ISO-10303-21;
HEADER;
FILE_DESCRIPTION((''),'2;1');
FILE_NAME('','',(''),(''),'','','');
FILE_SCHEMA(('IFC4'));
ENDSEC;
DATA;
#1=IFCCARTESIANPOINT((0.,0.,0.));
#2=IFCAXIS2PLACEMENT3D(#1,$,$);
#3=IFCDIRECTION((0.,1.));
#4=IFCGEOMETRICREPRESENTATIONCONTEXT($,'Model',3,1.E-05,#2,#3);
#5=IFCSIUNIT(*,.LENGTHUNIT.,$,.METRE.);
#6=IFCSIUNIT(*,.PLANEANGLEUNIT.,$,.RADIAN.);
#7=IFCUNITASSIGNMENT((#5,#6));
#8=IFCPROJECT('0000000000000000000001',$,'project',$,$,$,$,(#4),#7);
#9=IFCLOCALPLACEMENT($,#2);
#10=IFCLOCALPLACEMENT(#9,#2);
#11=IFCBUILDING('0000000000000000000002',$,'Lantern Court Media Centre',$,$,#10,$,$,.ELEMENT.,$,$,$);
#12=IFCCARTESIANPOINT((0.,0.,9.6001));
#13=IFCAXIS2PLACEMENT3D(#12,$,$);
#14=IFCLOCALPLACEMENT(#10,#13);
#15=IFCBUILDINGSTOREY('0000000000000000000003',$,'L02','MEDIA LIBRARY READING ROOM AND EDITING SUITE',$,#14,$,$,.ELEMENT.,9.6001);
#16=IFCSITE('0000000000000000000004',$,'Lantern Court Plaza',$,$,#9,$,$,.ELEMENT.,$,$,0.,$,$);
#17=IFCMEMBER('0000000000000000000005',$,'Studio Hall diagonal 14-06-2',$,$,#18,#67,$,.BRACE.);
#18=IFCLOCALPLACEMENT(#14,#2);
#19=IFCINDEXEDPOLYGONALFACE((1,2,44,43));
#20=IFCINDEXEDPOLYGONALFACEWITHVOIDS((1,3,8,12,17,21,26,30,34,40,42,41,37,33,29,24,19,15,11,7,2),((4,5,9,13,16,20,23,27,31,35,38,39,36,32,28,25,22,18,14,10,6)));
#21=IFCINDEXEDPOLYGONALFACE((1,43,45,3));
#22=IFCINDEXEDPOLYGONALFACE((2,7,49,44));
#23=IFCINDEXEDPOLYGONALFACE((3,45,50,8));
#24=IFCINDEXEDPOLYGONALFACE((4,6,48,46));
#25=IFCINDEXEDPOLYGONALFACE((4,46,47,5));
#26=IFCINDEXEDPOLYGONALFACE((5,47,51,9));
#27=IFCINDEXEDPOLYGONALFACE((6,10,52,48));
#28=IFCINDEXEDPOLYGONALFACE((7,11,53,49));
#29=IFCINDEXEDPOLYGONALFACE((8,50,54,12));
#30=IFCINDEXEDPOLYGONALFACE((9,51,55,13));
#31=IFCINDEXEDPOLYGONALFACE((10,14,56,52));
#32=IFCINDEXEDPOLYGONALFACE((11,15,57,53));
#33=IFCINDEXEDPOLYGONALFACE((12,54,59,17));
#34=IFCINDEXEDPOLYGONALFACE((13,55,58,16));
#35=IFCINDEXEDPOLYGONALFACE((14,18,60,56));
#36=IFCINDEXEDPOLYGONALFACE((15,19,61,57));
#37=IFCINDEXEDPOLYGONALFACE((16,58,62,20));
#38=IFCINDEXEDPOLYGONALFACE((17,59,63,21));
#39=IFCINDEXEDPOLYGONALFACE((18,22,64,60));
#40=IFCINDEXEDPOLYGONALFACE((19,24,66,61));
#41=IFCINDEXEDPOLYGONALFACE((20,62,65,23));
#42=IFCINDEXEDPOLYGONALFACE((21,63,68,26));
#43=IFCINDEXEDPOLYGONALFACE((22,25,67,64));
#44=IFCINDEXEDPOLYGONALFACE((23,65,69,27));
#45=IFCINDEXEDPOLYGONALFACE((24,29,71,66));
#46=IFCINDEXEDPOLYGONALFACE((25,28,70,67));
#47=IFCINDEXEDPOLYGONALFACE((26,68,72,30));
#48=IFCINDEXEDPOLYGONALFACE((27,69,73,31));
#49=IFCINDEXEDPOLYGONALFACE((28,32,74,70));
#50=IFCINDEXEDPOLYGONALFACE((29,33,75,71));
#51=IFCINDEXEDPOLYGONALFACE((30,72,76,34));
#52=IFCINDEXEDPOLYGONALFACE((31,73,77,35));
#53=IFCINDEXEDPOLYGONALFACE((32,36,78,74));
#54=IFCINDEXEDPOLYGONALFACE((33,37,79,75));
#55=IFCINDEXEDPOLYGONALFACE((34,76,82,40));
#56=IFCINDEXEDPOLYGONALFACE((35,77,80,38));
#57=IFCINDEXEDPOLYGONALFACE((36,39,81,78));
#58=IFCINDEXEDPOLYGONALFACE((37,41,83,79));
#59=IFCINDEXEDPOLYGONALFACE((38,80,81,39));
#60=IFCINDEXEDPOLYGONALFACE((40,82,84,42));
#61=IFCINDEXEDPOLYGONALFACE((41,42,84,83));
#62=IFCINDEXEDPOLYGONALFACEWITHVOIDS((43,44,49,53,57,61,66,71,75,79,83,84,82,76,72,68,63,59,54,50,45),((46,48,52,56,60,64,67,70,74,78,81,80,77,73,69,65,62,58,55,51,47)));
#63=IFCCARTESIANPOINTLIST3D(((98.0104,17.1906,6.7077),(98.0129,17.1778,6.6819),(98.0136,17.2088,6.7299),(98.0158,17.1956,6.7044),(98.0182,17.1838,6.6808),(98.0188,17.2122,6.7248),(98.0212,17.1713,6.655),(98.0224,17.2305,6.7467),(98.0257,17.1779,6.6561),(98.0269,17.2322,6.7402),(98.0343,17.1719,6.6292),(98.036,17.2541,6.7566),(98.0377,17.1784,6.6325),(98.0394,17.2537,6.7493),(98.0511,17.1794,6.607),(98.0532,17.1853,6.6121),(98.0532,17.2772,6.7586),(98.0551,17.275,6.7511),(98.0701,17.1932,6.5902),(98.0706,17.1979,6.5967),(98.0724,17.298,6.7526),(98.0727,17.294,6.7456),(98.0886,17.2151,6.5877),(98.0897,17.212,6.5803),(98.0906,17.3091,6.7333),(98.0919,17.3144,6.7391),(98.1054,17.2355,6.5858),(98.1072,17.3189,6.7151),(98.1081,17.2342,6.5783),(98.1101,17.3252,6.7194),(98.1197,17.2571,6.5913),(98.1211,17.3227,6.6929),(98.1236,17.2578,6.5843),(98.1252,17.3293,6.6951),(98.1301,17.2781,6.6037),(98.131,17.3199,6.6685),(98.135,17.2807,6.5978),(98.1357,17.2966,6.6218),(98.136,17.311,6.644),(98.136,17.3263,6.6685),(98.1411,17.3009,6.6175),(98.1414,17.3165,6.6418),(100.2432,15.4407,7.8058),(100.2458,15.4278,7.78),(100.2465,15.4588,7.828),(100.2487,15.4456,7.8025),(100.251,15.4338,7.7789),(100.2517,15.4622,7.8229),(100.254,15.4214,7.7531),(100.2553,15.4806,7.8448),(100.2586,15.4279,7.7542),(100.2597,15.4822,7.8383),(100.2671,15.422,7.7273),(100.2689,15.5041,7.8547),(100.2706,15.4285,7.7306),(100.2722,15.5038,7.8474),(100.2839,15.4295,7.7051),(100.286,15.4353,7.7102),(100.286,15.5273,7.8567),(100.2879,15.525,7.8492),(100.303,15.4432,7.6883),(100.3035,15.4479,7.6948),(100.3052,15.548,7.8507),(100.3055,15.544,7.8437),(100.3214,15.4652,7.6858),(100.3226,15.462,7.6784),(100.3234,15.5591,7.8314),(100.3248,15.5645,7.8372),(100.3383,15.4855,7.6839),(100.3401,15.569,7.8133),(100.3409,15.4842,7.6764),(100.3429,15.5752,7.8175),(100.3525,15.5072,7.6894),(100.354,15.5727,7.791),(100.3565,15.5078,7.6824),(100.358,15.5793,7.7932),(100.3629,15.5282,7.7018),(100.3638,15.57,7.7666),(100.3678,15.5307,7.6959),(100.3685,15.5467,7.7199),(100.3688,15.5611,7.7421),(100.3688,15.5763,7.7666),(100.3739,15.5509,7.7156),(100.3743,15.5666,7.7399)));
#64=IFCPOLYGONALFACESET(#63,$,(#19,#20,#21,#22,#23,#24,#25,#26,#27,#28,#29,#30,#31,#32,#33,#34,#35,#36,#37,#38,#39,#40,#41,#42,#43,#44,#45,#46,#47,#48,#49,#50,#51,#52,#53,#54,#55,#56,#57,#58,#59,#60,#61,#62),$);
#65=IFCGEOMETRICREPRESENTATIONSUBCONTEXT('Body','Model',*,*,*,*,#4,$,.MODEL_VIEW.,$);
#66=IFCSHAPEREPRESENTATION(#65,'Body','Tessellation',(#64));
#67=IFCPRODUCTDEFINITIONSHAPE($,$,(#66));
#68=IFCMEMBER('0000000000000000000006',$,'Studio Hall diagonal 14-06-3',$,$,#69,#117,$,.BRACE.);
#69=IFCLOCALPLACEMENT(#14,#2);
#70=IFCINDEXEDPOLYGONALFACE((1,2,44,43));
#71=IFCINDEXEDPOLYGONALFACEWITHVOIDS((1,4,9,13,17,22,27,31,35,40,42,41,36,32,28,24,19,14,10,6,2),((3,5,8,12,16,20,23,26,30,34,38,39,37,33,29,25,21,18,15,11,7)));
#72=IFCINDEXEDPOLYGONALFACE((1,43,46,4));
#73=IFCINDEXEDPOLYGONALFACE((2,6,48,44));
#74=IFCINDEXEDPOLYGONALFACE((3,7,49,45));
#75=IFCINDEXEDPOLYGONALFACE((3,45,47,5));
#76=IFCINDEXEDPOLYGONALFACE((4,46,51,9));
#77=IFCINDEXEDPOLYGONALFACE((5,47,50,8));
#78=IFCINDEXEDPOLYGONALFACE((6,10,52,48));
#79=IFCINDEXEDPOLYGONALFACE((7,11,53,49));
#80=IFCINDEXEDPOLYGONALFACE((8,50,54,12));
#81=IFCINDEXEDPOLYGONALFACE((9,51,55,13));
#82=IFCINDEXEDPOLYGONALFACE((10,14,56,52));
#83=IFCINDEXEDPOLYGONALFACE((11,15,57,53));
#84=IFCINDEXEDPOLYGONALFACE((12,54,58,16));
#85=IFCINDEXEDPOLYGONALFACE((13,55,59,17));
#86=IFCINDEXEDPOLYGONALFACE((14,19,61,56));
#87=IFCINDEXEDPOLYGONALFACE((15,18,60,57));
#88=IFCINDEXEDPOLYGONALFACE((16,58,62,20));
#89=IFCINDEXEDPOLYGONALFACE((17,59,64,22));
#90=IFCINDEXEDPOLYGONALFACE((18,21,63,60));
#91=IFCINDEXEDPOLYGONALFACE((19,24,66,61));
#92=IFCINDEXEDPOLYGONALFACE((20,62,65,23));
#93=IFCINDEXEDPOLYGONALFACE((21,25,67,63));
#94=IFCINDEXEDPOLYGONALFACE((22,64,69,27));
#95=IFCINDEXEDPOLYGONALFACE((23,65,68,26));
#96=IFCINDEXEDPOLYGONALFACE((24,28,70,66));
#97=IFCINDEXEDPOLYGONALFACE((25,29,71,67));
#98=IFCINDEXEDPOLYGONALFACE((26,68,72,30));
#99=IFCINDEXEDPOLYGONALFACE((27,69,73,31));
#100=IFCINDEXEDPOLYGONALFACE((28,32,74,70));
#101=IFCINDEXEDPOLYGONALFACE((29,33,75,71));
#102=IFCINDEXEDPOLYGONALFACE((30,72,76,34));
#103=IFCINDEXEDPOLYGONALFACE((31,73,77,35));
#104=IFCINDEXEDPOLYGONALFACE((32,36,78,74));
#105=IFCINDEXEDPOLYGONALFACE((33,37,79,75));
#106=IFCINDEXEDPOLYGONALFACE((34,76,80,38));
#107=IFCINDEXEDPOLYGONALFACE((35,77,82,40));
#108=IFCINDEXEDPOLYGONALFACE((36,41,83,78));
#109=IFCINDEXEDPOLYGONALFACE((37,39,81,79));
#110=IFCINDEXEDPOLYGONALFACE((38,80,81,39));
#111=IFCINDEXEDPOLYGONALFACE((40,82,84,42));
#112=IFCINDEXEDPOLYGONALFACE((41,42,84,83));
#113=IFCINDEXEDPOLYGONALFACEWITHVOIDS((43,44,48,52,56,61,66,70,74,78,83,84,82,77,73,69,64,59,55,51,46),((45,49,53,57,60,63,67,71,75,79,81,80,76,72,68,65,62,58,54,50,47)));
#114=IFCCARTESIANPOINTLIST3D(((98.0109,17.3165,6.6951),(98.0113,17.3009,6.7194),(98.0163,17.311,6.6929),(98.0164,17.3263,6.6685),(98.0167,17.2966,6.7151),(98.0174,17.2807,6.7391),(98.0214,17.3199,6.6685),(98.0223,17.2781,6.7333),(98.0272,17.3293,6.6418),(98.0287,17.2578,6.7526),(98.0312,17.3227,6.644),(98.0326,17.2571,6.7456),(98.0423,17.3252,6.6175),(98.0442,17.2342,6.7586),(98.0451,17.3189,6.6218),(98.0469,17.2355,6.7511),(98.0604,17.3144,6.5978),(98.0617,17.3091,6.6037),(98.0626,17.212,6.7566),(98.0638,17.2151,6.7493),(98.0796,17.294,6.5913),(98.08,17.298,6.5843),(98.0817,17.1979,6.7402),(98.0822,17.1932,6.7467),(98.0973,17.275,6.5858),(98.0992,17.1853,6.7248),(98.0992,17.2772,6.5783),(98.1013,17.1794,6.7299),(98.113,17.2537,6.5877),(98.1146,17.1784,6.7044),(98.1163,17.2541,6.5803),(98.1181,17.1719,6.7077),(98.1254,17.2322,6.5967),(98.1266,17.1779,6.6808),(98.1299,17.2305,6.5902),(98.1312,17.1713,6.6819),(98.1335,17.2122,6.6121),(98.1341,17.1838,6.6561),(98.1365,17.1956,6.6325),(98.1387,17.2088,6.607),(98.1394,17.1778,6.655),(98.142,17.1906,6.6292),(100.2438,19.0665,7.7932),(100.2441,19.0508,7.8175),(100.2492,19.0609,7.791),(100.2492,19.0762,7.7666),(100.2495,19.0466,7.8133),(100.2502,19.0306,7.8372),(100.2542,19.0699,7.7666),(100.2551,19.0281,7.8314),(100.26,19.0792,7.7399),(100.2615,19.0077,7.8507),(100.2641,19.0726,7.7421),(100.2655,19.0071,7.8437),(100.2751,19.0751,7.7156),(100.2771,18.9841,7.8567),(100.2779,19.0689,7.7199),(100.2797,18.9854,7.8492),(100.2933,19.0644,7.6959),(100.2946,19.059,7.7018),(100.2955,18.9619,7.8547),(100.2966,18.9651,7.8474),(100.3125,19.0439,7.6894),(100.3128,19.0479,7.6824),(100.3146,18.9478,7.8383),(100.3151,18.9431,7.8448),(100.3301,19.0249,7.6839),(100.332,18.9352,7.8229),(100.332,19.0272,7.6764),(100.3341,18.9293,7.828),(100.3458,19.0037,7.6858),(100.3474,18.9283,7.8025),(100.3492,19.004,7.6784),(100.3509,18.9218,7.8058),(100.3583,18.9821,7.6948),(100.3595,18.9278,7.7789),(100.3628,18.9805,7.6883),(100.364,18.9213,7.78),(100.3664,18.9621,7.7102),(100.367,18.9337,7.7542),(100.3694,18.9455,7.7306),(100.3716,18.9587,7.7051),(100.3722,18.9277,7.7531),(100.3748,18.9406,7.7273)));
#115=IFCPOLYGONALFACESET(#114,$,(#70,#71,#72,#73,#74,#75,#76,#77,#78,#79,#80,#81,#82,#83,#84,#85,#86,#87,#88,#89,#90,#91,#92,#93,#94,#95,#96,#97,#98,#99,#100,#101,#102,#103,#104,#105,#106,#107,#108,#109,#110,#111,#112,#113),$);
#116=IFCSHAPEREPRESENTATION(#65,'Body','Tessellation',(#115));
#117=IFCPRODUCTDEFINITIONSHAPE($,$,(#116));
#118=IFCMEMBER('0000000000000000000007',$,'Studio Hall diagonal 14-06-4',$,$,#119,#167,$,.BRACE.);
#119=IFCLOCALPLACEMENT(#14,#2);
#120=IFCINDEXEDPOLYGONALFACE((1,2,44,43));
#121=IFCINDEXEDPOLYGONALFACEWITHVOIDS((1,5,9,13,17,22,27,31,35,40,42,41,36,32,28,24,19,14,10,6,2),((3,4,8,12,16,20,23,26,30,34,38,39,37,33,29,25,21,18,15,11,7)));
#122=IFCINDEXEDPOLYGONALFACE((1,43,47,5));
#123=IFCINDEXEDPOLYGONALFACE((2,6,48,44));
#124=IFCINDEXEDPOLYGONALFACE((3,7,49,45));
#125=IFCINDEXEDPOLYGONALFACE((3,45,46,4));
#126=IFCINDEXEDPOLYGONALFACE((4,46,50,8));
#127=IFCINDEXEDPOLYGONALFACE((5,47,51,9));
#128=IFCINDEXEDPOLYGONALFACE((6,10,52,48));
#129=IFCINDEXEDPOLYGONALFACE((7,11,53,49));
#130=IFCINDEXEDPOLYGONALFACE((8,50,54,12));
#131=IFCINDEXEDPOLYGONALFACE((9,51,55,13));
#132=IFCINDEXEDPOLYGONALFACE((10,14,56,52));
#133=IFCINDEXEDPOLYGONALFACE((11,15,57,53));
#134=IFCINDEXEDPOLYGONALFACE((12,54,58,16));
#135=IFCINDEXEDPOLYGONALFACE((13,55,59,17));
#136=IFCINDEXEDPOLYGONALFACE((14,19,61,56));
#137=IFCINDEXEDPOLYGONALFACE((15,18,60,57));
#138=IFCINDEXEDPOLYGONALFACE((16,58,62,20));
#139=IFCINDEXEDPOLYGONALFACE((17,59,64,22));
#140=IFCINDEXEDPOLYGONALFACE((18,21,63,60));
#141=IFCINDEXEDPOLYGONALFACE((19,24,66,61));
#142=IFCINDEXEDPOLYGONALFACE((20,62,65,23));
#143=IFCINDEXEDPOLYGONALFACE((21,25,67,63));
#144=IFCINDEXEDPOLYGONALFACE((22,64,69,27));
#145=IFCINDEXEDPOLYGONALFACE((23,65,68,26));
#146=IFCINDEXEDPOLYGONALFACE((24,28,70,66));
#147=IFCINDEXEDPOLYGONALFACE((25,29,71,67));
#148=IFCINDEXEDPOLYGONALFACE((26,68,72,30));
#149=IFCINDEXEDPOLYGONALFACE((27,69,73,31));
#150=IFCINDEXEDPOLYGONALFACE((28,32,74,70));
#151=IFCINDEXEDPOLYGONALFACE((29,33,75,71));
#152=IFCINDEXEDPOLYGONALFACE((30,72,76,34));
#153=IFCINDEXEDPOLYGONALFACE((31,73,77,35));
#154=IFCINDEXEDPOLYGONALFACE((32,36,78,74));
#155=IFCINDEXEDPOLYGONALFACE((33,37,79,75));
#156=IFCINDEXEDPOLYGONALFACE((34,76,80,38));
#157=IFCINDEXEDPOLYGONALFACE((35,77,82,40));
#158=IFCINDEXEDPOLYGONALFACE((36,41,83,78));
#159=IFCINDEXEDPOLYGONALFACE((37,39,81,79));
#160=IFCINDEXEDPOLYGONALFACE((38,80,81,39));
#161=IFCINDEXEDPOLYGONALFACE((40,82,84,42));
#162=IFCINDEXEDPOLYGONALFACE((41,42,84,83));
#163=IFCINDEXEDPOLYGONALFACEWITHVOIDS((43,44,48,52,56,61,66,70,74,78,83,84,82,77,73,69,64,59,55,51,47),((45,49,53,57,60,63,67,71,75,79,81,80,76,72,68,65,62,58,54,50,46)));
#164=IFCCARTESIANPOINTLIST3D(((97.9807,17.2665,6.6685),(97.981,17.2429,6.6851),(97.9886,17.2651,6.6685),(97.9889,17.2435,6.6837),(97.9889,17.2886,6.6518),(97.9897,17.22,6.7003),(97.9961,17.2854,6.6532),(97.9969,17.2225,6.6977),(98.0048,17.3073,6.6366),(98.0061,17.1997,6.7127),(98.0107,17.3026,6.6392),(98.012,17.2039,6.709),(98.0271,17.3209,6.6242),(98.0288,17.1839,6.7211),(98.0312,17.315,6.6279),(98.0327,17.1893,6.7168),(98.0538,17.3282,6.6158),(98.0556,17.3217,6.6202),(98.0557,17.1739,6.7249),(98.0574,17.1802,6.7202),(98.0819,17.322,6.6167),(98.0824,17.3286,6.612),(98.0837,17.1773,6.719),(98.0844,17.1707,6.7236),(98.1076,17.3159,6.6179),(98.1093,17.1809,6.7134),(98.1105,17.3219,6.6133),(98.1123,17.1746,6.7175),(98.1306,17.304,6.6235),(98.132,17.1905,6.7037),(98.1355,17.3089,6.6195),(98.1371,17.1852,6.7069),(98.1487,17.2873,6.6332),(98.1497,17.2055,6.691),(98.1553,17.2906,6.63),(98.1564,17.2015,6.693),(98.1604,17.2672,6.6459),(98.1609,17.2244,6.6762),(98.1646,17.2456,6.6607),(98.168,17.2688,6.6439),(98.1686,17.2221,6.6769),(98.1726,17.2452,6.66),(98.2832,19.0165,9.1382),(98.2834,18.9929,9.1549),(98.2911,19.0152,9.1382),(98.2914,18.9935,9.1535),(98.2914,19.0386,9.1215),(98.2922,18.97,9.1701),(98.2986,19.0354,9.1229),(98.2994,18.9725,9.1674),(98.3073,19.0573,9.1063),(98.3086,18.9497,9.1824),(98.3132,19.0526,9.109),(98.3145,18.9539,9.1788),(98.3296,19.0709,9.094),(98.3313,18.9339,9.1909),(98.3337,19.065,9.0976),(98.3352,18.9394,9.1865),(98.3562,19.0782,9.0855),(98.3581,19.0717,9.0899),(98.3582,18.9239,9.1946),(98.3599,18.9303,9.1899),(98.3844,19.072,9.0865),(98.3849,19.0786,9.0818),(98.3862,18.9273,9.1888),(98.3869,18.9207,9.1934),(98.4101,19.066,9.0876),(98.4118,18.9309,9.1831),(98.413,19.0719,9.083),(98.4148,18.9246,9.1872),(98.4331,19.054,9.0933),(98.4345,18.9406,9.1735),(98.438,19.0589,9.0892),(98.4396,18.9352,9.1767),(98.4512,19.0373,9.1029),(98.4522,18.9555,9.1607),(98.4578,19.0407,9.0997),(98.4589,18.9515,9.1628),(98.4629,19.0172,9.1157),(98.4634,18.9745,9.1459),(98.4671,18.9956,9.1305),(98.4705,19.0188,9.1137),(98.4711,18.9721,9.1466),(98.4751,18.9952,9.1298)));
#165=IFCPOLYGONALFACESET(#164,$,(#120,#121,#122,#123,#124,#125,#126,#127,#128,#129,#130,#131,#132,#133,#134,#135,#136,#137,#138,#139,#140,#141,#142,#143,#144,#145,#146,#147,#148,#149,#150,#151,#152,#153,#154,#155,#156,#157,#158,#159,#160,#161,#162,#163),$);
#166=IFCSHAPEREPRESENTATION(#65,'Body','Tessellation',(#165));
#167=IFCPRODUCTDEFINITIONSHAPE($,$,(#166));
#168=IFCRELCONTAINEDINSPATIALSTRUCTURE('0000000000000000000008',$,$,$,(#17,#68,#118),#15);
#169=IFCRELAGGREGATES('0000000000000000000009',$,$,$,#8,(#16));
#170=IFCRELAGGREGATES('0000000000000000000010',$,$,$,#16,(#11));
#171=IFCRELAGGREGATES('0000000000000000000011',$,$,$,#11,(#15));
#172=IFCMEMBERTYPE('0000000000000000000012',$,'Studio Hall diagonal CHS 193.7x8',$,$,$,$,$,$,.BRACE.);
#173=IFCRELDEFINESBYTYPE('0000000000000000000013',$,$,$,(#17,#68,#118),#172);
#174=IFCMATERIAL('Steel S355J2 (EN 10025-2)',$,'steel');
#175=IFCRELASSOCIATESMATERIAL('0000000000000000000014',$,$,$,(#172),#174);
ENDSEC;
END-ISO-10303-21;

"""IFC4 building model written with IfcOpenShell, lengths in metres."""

from ifc_helpers import new_model, si_unit, direction, frame, origin, origin_2d, place, context, subcontext, project, spatial, hollow_circle, extrude, material, material_profile, profile_set, type_object, element, save


model = new_model("IFC4")

# Units and contexts
model_context = context("Model", 3, precision=1e-05, world=origin(), true_north=direction((0.0, 1.0)))
body_context = subcontext(model_context, "Body", "Model", "MODEL_VIEW")
ifc_project = project(units=[si_unit("LENGTHUNIT", "METRE"), si_unit("PLANEANGLEUNIT", "RADIAN")], contexts=[model_context])

# Site, building, storey
site_placement = place(None, origin())
site = spatial("IfcSite", under=ifc_project, at=site_placement, Name="Lantern Court Plaza", CompositionType="ELEMENT", RefElevation=0.0)
building_placement = place(site_placement, origin())
building = spatial("IfcBuilding", under=site, at=building_placement, Name="Lantern Court Media Centre", CompositionType="ELEMENT")
storey_placement = place(building_placement, frame((0.0, 0.0, 9.6001)))
storey = spatial("IfcBuildingStorey", under=building, at=storey_placement, Name="L02", Description="MEDIA LIBRARY READING ROOM AND EDITING SUITE", CompositionType="ELEMENT", Elevation=9.6001)

# Members
ifc_material = material(Name="Steel S355J2 (EN 10025-2)", Category="steel")
ifc_material_profile_1 = material_profile(ifc_material, hollow_circle(Radius=0.0969, WallThickness=0.0081, at=origin_2d()), Name="Studio Hall diagonal CHS 193.7x8")
ifc_profile_set_1 = profile_set([ifc_material_profile_1], Name="Steel S355J2 (EN 10025-2)")
member_type_1 = type_object("IfcMemberType", Name="Studio Hall diagonal CHS 193.7x8", PredefinedType="BRACE", material=ifc_profile_set_1)
for number, where, z_axis, x_axis, name in (
    (1, (98.0762, 17.25, 6.6685), (0.734005, -0.575262, 0.360984), (0.616856, 0.787076, 0.0), "Studio Hall diagonal 14-06-2"),
    (2, (98.0762, 17.25, 6.6685), (0.734005, 0.575262, 0.360984), (-0.616856, 0.787076, 0.0), "Studio Hall diagonal 14-06-3"),
    (3, (98.0762, 17.25, 6.6685), (0.099439, 0.575286, 0.811885), (-0.985388, 0.170326, 0.0), "Studio Hall diagonal 14-06-4"),
):
    element("IfcMember", number, at=place(storey_placement, frame(where, z_axis=z_axis, x_axis=x_axis)), inside=storey, type_object=member_type_1, Name=name, PredefinedType="BRACE", context=body_context, shape_type="SweptSolid", body=[
        extrude(hollow_circle(Radius=0.0969, WallThickness=0.0081, at=origin_2d()), origin(), (0.0, 0.0, 1.0), 3.042),
    ])

save(model, "model.ifc")
